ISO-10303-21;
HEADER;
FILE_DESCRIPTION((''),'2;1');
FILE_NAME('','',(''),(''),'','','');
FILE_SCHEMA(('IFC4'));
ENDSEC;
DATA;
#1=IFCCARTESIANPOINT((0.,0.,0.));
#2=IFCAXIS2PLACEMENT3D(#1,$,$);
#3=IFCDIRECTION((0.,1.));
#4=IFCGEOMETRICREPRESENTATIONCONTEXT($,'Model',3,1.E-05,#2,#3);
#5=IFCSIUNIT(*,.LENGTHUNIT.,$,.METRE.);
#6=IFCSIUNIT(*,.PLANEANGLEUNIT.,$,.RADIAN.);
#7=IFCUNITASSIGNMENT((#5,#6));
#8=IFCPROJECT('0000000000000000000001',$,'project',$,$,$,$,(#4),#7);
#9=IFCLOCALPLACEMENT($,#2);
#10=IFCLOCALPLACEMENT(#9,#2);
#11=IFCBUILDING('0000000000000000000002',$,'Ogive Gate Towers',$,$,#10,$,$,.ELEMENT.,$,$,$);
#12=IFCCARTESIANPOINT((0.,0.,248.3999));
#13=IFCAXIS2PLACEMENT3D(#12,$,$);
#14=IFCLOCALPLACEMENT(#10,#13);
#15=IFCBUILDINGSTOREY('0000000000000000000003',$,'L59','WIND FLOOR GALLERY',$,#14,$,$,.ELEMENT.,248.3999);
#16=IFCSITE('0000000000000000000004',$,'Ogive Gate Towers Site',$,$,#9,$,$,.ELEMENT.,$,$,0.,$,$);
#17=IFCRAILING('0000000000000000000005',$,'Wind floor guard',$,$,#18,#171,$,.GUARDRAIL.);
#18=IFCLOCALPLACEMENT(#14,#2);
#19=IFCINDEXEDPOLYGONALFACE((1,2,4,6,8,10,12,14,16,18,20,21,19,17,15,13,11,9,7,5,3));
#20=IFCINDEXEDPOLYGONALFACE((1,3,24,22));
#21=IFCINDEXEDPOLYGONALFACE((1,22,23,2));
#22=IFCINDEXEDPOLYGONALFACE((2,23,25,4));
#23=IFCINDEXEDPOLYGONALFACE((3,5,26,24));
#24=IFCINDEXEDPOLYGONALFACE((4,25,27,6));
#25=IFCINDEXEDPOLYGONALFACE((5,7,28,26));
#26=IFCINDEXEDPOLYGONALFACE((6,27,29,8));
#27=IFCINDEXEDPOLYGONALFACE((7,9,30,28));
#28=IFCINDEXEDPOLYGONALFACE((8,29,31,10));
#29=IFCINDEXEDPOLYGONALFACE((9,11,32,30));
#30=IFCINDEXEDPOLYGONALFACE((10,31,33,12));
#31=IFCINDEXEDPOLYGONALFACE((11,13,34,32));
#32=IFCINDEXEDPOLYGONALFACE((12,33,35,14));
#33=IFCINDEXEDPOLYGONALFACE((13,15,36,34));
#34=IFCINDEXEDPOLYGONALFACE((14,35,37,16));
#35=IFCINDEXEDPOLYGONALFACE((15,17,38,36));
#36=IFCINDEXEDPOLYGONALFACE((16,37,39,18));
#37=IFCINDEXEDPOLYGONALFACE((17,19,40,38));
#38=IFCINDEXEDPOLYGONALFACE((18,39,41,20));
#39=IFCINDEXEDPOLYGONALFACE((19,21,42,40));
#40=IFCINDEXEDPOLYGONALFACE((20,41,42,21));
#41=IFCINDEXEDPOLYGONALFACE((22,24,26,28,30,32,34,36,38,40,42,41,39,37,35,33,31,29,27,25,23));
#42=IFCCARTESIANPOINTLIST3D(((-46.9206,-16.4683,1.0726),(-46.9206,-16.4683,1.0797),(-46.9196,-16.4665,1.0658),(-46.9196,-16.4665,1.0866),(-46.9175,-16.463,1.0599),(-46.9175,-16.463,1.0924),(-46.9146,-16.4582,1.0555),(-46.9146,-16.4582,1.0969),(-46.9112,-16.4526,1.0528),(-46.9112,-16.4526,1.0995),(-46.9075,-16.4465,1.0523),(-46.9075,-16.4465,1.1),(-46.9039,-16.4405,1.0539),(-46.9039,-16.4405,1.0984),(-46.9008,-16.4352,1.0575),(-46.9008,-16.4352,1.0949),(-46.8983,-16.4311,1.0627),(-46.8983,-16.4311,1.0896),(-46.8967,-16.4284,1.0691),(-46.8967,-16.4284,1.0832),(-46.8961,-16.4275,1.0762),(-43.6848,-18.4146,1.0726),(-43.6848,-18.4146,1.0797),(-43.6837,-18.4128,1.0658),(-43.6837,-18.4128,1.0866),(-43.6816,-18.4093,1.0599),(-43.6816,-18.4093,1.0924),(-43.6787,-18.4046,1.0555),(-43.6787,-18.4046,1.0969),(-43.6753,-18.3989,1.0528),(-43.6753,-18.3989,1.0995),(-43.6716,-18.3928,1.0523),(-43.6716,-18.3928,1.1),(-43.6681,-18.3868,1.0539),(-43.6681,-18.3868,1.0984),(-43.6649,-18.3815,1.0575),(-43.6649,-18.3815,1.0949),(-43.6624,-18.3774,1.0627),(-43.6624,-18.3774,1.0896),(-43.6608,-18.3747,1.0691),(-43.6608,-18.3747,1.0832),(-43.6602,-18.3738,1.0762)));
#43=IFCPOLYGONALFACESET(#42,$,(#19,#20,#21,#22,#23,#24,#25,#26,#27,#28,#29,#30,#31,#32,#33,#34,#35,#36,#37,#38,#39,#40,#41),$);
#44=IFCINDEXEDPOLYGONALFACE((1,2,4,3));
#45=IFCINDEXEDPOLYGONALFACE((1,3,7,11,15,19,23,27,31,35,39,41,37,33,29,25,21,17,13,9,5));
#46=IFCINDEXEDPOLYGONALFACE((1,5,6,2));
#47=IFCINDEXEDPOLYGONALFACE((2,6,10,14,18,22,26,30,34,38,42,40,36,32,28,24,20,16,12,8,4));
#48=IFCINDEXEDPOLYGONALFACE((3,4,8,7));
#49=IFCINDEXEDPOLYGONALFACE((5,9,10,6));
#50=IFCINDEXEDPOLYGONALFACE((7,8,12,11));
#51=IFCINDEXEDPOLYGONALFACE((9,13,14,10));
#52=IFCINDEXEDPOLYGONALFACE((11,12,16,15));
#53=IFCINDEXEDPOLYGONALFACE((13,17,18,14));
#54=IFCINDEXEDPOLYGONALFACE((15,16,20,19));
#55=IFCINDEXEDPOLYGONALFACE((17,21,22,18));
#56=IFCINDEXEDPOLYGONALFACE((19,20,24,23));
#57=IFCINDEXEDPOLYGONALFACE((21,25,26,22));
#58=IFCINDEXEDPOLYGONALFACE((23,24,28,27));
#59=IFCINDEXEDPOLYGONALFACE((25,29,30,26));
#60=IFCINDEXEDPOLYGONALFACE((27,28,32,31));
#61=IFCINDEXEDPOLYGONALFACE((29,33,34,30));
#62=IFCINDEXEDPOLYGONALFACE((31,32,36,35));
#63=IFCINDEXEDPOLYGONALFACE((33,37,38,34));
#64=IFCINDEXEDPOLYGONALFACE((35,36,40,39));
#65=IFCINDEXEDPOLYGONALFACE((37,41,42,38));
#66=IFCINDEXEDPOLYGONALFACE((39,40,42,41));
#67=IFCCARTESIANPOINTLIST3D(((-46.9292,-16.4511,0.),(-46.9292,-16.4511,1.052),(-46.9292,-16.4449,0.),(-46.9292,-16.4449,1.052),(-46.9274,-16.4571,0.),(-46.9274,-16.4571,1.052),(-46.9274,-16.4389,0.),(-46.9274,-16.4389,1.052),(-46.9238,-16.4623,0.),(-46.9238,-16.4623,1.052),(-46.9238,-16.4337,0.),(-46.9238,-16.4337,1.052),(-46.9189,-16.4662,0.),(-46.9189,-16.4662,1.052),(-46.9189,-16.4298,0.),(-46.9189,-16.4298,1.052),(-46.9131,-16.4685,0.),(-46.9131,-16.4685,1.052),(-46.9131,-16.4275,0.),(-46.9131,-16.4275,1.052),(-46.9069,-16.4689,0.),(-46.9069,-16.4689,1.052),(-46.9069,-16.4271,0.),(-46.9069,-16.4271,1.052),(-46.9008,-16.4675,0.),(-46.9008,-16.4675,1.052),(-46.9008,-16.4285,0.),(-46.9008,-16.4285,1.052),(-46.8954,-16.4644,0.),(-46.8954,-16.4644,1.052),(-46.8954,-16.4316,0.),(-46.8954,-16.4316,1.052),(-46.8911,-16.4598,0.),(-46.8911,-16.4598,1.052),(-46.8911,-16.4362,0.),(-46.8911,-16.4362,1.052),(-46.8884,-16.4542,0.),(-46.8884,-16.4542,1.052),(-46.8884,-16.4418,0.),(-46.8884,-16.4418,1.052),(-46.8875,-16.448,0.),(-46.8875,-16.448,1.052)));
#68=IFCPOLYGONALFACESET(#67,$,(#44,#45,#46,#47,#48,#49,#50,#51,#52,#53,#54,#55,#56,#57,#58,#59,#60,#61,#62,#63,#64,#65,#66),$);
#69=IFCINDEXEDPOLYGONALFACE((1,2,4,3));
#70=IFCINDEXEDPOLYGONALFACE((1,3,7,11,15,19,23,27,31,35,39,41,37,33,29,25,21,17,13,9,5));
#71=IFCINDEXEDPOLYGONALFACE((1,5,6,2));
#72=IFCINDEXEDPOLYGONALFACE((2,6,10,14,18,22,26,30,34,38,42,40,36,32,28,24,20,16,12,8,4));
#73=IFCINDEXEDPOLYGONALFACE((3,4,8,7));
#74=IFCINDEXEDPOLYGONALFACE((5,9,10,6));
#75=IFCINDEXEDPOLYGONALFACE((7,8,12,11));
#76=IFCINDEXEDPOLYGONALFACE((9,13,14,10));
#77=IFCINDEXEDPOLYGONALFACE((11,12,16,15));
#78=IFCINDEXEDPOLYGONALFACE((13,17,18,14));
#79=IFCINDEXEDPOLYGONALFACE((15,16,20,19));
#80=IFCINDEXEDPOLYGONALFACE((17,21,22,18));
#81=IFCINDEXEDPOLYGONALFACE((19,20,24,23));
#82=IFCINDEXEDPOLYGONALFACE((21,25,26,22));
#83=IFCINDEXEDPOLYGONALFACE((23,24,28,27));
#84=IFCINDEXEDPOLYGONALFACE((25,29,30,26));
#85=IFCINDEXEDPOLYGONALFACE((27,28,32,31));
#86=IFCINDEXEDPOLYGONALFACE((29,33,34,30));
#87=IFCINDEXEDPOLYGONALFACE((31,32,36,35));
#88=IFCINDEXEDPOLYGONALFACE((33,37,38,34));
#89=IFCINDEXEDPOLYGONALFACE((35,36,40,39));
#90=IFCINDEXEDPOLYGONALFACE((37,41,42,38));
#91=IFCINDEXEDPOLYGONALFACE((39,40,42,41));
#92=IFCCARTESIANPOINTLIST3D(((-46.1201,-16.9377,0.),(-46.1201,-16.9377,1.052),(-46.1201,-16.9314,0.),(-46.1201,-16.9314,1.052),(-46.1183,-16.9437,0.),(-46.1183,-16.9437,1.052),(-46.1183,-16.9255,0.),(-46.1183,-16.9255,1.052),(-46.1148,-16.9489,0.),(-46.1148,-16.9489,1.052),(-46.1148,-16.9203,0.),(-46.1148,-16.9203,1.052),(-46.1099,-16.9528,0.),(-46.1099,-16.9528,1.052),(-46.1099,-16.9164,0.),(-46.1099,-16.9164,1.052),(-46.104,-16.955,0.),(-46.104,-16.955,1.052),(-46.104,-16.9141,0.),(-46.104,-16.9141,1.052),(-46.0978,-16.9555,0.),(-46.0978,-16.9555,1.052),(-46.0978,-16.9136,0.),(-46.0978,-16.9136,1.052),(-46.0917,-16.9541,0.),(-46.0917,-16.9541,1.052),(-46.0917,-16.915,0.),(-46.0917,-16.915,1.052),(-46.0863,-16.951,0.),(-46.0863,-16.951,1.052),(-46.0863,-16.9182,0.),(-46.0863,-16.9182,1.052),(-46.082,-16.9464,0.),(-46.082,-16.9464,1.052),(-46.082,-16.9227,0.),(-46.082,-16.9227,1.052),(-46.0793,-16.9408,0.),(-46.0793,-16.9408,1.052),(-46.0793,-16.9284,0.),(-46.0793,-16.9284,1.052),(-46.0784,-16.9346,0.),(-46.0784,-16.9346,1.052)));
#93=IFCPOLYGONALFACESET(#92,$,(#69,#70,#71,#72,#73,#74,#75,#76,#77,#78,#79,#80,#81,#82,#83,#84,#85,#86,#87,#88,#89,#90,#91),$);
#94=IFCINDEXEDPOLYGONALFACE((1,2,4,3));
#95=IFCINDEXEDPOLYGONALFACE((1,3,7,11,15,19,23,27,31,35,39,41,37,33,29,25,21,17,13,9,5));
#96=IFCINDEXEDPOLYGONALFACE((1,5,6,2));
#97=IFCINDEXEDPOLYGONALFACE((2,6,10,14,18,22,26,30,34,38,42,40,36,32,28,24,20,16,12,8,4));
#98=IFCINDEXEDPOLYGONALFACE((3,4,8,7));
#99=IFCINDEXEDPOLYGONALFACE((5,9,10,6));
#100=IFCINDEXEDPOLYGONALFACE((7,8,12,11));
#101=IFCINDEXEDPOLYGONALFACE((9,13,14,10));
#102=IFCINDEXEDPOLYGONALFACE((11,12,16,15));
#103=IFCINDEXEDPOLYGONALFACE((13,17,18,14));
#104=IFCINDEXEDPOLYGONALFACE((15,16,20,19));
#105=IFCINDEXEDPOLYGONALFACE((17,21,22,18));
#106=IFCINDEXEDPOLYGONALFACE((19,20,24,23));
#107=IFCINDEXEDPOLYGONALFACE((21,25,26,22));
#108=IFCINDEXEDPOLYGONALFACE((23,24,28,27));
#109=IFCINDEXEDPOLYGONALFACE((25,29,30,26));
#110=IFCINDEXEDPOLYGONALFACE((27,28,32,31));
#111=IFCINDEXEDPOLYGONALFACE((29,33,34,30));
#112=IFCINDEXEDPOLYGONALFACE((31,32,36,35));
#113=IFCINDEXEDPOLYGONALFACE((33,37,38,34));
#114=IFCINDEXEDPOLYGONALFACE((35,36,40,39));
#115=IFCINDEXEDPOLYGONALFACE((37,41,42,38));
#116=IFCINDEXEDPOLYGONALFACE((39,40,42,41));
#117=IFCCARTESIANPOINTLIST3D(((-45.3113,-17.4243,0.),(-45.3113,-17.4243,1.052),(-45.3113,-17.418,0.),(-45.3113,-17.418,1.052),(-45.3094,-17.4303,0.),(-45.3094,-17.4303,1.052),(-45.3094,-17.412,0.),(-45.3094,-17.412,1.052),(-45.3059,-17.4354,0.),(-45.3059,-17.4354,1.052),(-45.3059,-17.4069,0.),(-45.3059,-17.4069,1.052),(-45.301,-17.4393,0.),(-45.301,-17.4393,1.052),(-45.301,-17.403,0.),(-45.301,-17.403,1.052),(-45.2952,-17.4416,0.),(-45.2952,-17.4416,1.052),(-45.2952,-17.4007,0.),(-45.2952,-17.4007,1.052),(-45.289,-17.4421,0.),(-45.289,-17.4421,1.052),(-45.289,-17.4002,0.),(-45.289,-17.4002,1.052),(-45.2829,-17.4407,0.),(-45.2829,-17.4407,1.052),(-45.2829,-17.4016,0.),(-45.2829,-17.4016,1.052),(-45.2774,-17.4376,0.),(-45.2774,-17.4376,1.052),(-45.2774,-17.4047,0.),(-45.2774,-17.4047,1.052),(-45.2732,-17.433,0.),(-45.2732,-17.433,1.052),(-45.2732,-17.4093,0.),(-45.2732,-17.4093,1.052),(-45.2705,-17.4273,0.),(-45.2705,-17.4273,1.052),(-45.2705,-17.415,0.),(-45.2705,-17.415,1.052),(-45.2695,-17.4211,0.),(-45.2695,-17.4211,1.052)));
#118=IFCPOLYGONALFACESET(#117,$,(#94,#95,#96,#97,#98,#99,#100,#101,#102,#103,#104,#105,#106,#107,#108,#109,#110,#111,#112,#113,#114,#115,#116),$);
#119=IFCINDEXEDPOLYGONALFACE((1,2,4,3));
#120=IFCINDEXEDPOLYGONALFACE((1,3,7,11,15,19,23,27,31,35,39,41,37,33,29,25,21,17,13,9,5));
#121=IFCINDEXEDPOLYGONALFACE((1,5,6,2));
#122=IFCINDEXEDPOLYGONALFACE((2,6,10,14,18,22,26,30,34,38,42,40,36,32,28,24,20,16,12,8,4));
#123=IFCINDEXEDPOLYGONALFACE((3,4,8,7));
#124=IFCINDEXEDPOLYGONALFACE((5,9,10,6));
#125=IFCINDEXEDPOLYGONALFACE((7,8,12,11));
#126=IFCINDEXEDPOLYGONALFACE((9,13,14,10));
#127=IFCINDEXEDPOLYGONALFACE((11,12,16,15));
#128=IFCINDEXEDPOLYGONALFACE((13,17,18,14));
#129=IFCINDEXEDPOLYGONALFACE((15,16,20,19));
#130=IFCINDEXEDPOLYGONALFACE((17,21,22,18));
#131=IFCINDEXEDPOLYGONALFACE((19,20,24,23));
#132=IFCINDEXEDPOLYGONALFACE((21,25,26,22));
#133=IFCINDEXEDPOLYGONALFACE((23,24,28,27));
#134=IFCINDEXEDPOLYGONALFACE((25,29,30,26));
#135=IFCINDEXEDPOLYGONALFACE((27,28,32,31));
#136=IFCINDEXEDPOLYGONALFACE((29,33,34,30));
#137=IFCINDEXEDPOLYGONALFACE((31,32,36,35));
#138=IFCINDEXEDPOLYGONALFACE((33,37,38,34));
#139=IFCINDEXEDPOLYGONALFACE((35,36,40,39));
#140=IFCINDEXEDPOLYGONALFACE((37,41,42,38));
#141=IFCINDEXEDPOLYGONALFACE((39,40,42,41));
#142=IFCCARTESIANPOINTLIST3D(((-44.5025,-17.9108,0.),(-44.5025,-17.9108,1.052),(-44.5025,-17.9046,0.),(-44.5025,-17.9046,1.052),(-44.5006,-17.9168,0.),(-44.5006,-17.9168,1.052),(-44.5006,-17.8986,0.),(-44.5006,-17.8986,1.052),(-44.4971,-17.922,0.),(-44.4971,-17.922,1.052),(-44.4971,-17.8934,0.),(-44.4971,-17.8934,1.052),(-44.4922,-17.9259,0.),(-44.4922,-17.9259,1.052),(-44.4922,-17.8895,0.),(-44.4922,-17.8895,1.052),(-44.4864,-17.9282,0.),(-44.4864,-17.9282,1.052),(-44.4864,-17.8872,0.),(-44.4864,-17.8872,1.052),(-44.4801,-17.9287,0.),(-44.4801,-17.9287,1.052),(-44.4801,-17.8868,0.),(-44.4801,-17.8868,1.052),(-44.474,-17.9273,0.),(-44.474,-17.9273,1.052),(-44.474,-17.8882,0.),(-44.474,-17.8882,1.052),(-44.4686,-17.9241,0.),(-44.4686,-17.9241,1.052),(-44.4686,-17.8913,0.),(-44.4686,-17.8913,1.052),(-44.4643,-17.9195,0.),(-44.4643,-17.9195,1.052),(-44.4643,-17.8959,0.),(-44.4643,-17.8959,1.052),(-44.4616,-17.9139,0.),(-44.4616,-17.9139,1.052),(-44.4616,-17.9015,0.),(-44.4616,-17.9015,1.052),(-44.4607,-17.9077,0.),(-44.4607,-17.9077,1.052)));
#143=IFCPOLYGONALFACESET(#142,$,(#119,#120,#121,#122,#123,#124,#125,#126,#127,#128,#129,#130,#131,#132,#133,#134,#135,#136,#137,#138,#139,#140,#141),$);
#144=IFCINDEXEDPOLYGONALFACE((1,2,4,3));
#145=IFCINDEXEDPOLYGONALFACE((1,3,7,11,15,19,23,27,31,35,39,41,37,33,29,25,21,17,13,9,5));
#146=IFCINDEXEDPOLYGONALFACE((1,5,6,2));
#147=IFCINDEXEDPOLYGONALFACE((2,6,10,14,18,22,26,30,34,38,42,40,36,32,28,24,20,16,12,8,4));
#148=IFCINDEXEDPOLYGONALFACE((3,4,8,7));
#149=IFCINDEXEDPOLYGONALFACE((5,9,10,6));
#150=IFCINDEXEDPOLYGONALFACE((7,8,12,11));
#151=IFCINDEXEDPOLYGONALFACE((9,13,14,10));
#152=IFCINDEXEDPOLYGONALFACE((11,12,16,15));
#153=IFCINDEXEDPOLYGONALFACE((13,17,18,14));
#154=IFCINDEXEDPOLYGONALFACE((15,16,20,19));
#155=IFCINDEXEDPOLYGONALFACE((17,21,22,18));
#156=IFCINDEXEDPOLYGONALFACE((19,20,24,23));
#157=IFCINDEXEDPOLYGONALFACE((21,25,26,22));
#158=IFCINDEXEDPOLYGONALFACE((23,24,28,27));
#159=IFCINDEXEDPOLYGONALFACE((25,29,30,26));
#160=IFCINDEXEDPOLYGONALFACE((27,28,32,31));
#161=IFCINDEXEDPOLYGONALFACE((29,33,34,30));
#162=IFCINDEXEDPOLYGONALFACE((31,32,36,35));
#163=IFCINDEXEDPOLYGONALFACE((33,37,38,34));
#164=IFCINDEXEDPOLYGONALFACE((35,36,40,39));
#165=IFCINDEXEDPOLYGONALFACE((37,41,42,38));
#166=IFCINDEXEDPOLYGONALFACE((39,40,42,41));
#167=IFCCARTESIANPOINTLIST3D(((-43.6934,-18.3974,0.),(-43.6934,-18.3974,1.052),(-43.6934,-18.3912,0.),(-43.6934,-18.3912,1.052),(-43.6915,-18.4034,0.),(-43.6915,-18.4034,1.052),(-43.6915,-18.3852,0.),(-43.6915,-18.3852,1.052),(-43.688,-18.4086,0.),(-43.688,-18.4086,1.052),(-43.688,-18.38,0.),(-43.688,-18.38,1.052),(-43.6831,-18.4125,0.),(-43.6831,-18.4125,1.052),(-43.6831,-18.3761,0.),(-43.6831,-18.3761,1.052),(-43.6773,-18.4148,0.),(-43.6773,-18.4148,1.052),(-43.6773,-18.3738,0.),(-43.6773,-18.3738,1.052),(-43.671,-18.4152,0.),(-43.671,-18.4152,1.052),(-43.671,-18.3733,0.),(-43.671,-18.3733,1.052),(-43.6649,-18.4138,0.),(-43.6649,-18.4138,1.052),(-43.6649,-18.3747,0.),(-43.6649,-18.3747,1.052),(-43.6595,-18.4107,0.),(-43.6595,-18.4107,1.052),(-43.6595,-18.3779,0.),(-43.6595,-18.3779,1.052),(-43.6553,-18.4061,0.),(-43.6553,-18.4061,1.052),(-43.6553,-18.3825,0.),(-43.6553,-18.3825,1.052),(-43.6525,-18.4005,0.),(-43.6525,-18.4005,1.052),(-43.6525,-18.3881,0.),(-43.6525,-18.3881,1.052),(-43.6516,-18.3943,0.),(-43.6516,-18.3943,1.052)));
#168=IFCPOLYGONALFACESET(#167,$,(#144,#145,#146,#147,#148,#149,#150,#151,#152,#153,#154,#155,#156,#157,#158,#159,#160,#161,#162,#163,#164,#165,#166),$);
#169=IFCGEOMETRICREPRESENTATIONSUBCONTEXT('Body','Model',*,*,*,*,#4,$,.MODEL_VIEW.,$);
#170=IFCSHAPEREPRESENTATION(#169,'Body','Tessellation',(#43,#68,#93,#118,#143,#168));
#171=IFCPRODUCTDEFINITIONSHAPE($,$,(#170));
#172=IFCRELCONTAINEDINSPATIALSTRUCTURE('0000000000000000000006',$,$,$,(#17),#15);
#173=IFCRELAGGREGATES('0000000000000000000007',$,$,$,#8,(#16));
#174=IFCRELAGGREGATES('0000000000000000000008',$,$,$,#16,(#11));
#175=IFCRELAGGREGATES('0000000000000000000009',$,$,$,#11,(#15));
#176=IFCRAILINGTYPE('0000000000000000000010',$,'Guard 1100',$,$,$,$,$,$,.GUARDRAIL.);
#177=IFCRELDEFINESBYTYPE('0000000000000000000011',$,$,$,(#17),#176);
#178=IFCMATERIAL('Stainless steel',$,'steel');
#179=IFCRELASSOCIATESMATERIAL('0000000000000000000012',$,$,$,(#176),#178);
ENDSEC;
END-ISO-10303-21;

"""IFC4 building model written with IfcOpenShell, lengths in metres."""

from ifc_helpers import new_model, si_unit, direction, frame, origin, origin_2d, place, context, subcontext, project, spatial, circle, extrude, material, type_object, element, save


model = new_model("IFC4")

# Units and contexts
model_context = context("Model", 3, precision=1e-05, world=origin(), true_north=direction((0.0, 1.0)))
body_context = subcontext(model_context, "Body", "Model", "MODEL_VIEW")
ifc_project = project(units=[si_unit("LENGTHUNIT", "METRE"), si_unit("PLANEANGLEUNIT", "RADIAN")], contexts=[model_context])

# Site, building, storey
site_placement = place(None, origin())
site = spatial("IfcSite", under=ifc_project, at=site_placement, Name="Ogive Gate Towers Site", CompositionType="ELEMENT", RefElevation=0.0)
building_placement = place(site_placement, origin())
building = spatial("IfcBuilding", under=site, at=building_placement, Name="Ogive Gate Towers", CompositionType="ELEMENT")
storey_placement = place(building_placement, frame((0.0, 0.0, 248.3999)))
storey = spatial("IfcBuildingStorey", under=building, at=storey_placement, Name="L59", Description="WIND FLOOR GALLERY", CompositionType="ELEMENT", Elevation=248.3999)

# Railing
ifc_material_1 = material(Name="Stainless steel", Category="steel")
railing_type = type_object("IfcRailingType", Name="Guard 1100", PredefinedType="GUARDRAIL", material=ifc_material_1)
railing_1_placement = place(storey_placement, frame((-46.9084, -16.448, 0.0)))
element("IfcRailing", 1, at=railing_1_placement, inside=storey, type_object=railing_type, Name="Wind floor guard", PredefinedType="GUARDRAIL", context=body_context, shape_type="SweptSolid", body=[
    extrude(circle(Radius=0.0239, at=origin_2d()), frame((0.0, 0.0, 1.0762), z_axis=(0.856933, -0.515427, 0.0), x_axis=(0.515427, 0.856933, 0.0)), (0.0, 0.0, 1.0), 3.7761),
    extrude(circle(Radius=0.021, at=origin_2d()), origin(), (0.0, 0.0, 1.0), 1.052),
    extrude(circle(Radius=0.021, at=origin_2d()), frame((0.8091, -0.4866, 0.0)), (0.0, 0.0, 1.0), 1.052),
    extrude(circle(Radius=0.021, at=origin_2d()), frame((1.6179, -0.9731, 0.0)), (0.0, 0.0, 1.0), 1.052),
    extrude(circle(Radius=0.021, at=origin_2d()), frame((2.4268, -1.4597, 0.0)), (0.0, 0.0, 1.0), 1.052),
    extrude(circle(Radius=0.021, at=origin_2d()), frame((3.2358, -1.9463, 0.0)), (0.0, 0.0, 1.0), 1.052),
])

save(model, "model.ifc")
